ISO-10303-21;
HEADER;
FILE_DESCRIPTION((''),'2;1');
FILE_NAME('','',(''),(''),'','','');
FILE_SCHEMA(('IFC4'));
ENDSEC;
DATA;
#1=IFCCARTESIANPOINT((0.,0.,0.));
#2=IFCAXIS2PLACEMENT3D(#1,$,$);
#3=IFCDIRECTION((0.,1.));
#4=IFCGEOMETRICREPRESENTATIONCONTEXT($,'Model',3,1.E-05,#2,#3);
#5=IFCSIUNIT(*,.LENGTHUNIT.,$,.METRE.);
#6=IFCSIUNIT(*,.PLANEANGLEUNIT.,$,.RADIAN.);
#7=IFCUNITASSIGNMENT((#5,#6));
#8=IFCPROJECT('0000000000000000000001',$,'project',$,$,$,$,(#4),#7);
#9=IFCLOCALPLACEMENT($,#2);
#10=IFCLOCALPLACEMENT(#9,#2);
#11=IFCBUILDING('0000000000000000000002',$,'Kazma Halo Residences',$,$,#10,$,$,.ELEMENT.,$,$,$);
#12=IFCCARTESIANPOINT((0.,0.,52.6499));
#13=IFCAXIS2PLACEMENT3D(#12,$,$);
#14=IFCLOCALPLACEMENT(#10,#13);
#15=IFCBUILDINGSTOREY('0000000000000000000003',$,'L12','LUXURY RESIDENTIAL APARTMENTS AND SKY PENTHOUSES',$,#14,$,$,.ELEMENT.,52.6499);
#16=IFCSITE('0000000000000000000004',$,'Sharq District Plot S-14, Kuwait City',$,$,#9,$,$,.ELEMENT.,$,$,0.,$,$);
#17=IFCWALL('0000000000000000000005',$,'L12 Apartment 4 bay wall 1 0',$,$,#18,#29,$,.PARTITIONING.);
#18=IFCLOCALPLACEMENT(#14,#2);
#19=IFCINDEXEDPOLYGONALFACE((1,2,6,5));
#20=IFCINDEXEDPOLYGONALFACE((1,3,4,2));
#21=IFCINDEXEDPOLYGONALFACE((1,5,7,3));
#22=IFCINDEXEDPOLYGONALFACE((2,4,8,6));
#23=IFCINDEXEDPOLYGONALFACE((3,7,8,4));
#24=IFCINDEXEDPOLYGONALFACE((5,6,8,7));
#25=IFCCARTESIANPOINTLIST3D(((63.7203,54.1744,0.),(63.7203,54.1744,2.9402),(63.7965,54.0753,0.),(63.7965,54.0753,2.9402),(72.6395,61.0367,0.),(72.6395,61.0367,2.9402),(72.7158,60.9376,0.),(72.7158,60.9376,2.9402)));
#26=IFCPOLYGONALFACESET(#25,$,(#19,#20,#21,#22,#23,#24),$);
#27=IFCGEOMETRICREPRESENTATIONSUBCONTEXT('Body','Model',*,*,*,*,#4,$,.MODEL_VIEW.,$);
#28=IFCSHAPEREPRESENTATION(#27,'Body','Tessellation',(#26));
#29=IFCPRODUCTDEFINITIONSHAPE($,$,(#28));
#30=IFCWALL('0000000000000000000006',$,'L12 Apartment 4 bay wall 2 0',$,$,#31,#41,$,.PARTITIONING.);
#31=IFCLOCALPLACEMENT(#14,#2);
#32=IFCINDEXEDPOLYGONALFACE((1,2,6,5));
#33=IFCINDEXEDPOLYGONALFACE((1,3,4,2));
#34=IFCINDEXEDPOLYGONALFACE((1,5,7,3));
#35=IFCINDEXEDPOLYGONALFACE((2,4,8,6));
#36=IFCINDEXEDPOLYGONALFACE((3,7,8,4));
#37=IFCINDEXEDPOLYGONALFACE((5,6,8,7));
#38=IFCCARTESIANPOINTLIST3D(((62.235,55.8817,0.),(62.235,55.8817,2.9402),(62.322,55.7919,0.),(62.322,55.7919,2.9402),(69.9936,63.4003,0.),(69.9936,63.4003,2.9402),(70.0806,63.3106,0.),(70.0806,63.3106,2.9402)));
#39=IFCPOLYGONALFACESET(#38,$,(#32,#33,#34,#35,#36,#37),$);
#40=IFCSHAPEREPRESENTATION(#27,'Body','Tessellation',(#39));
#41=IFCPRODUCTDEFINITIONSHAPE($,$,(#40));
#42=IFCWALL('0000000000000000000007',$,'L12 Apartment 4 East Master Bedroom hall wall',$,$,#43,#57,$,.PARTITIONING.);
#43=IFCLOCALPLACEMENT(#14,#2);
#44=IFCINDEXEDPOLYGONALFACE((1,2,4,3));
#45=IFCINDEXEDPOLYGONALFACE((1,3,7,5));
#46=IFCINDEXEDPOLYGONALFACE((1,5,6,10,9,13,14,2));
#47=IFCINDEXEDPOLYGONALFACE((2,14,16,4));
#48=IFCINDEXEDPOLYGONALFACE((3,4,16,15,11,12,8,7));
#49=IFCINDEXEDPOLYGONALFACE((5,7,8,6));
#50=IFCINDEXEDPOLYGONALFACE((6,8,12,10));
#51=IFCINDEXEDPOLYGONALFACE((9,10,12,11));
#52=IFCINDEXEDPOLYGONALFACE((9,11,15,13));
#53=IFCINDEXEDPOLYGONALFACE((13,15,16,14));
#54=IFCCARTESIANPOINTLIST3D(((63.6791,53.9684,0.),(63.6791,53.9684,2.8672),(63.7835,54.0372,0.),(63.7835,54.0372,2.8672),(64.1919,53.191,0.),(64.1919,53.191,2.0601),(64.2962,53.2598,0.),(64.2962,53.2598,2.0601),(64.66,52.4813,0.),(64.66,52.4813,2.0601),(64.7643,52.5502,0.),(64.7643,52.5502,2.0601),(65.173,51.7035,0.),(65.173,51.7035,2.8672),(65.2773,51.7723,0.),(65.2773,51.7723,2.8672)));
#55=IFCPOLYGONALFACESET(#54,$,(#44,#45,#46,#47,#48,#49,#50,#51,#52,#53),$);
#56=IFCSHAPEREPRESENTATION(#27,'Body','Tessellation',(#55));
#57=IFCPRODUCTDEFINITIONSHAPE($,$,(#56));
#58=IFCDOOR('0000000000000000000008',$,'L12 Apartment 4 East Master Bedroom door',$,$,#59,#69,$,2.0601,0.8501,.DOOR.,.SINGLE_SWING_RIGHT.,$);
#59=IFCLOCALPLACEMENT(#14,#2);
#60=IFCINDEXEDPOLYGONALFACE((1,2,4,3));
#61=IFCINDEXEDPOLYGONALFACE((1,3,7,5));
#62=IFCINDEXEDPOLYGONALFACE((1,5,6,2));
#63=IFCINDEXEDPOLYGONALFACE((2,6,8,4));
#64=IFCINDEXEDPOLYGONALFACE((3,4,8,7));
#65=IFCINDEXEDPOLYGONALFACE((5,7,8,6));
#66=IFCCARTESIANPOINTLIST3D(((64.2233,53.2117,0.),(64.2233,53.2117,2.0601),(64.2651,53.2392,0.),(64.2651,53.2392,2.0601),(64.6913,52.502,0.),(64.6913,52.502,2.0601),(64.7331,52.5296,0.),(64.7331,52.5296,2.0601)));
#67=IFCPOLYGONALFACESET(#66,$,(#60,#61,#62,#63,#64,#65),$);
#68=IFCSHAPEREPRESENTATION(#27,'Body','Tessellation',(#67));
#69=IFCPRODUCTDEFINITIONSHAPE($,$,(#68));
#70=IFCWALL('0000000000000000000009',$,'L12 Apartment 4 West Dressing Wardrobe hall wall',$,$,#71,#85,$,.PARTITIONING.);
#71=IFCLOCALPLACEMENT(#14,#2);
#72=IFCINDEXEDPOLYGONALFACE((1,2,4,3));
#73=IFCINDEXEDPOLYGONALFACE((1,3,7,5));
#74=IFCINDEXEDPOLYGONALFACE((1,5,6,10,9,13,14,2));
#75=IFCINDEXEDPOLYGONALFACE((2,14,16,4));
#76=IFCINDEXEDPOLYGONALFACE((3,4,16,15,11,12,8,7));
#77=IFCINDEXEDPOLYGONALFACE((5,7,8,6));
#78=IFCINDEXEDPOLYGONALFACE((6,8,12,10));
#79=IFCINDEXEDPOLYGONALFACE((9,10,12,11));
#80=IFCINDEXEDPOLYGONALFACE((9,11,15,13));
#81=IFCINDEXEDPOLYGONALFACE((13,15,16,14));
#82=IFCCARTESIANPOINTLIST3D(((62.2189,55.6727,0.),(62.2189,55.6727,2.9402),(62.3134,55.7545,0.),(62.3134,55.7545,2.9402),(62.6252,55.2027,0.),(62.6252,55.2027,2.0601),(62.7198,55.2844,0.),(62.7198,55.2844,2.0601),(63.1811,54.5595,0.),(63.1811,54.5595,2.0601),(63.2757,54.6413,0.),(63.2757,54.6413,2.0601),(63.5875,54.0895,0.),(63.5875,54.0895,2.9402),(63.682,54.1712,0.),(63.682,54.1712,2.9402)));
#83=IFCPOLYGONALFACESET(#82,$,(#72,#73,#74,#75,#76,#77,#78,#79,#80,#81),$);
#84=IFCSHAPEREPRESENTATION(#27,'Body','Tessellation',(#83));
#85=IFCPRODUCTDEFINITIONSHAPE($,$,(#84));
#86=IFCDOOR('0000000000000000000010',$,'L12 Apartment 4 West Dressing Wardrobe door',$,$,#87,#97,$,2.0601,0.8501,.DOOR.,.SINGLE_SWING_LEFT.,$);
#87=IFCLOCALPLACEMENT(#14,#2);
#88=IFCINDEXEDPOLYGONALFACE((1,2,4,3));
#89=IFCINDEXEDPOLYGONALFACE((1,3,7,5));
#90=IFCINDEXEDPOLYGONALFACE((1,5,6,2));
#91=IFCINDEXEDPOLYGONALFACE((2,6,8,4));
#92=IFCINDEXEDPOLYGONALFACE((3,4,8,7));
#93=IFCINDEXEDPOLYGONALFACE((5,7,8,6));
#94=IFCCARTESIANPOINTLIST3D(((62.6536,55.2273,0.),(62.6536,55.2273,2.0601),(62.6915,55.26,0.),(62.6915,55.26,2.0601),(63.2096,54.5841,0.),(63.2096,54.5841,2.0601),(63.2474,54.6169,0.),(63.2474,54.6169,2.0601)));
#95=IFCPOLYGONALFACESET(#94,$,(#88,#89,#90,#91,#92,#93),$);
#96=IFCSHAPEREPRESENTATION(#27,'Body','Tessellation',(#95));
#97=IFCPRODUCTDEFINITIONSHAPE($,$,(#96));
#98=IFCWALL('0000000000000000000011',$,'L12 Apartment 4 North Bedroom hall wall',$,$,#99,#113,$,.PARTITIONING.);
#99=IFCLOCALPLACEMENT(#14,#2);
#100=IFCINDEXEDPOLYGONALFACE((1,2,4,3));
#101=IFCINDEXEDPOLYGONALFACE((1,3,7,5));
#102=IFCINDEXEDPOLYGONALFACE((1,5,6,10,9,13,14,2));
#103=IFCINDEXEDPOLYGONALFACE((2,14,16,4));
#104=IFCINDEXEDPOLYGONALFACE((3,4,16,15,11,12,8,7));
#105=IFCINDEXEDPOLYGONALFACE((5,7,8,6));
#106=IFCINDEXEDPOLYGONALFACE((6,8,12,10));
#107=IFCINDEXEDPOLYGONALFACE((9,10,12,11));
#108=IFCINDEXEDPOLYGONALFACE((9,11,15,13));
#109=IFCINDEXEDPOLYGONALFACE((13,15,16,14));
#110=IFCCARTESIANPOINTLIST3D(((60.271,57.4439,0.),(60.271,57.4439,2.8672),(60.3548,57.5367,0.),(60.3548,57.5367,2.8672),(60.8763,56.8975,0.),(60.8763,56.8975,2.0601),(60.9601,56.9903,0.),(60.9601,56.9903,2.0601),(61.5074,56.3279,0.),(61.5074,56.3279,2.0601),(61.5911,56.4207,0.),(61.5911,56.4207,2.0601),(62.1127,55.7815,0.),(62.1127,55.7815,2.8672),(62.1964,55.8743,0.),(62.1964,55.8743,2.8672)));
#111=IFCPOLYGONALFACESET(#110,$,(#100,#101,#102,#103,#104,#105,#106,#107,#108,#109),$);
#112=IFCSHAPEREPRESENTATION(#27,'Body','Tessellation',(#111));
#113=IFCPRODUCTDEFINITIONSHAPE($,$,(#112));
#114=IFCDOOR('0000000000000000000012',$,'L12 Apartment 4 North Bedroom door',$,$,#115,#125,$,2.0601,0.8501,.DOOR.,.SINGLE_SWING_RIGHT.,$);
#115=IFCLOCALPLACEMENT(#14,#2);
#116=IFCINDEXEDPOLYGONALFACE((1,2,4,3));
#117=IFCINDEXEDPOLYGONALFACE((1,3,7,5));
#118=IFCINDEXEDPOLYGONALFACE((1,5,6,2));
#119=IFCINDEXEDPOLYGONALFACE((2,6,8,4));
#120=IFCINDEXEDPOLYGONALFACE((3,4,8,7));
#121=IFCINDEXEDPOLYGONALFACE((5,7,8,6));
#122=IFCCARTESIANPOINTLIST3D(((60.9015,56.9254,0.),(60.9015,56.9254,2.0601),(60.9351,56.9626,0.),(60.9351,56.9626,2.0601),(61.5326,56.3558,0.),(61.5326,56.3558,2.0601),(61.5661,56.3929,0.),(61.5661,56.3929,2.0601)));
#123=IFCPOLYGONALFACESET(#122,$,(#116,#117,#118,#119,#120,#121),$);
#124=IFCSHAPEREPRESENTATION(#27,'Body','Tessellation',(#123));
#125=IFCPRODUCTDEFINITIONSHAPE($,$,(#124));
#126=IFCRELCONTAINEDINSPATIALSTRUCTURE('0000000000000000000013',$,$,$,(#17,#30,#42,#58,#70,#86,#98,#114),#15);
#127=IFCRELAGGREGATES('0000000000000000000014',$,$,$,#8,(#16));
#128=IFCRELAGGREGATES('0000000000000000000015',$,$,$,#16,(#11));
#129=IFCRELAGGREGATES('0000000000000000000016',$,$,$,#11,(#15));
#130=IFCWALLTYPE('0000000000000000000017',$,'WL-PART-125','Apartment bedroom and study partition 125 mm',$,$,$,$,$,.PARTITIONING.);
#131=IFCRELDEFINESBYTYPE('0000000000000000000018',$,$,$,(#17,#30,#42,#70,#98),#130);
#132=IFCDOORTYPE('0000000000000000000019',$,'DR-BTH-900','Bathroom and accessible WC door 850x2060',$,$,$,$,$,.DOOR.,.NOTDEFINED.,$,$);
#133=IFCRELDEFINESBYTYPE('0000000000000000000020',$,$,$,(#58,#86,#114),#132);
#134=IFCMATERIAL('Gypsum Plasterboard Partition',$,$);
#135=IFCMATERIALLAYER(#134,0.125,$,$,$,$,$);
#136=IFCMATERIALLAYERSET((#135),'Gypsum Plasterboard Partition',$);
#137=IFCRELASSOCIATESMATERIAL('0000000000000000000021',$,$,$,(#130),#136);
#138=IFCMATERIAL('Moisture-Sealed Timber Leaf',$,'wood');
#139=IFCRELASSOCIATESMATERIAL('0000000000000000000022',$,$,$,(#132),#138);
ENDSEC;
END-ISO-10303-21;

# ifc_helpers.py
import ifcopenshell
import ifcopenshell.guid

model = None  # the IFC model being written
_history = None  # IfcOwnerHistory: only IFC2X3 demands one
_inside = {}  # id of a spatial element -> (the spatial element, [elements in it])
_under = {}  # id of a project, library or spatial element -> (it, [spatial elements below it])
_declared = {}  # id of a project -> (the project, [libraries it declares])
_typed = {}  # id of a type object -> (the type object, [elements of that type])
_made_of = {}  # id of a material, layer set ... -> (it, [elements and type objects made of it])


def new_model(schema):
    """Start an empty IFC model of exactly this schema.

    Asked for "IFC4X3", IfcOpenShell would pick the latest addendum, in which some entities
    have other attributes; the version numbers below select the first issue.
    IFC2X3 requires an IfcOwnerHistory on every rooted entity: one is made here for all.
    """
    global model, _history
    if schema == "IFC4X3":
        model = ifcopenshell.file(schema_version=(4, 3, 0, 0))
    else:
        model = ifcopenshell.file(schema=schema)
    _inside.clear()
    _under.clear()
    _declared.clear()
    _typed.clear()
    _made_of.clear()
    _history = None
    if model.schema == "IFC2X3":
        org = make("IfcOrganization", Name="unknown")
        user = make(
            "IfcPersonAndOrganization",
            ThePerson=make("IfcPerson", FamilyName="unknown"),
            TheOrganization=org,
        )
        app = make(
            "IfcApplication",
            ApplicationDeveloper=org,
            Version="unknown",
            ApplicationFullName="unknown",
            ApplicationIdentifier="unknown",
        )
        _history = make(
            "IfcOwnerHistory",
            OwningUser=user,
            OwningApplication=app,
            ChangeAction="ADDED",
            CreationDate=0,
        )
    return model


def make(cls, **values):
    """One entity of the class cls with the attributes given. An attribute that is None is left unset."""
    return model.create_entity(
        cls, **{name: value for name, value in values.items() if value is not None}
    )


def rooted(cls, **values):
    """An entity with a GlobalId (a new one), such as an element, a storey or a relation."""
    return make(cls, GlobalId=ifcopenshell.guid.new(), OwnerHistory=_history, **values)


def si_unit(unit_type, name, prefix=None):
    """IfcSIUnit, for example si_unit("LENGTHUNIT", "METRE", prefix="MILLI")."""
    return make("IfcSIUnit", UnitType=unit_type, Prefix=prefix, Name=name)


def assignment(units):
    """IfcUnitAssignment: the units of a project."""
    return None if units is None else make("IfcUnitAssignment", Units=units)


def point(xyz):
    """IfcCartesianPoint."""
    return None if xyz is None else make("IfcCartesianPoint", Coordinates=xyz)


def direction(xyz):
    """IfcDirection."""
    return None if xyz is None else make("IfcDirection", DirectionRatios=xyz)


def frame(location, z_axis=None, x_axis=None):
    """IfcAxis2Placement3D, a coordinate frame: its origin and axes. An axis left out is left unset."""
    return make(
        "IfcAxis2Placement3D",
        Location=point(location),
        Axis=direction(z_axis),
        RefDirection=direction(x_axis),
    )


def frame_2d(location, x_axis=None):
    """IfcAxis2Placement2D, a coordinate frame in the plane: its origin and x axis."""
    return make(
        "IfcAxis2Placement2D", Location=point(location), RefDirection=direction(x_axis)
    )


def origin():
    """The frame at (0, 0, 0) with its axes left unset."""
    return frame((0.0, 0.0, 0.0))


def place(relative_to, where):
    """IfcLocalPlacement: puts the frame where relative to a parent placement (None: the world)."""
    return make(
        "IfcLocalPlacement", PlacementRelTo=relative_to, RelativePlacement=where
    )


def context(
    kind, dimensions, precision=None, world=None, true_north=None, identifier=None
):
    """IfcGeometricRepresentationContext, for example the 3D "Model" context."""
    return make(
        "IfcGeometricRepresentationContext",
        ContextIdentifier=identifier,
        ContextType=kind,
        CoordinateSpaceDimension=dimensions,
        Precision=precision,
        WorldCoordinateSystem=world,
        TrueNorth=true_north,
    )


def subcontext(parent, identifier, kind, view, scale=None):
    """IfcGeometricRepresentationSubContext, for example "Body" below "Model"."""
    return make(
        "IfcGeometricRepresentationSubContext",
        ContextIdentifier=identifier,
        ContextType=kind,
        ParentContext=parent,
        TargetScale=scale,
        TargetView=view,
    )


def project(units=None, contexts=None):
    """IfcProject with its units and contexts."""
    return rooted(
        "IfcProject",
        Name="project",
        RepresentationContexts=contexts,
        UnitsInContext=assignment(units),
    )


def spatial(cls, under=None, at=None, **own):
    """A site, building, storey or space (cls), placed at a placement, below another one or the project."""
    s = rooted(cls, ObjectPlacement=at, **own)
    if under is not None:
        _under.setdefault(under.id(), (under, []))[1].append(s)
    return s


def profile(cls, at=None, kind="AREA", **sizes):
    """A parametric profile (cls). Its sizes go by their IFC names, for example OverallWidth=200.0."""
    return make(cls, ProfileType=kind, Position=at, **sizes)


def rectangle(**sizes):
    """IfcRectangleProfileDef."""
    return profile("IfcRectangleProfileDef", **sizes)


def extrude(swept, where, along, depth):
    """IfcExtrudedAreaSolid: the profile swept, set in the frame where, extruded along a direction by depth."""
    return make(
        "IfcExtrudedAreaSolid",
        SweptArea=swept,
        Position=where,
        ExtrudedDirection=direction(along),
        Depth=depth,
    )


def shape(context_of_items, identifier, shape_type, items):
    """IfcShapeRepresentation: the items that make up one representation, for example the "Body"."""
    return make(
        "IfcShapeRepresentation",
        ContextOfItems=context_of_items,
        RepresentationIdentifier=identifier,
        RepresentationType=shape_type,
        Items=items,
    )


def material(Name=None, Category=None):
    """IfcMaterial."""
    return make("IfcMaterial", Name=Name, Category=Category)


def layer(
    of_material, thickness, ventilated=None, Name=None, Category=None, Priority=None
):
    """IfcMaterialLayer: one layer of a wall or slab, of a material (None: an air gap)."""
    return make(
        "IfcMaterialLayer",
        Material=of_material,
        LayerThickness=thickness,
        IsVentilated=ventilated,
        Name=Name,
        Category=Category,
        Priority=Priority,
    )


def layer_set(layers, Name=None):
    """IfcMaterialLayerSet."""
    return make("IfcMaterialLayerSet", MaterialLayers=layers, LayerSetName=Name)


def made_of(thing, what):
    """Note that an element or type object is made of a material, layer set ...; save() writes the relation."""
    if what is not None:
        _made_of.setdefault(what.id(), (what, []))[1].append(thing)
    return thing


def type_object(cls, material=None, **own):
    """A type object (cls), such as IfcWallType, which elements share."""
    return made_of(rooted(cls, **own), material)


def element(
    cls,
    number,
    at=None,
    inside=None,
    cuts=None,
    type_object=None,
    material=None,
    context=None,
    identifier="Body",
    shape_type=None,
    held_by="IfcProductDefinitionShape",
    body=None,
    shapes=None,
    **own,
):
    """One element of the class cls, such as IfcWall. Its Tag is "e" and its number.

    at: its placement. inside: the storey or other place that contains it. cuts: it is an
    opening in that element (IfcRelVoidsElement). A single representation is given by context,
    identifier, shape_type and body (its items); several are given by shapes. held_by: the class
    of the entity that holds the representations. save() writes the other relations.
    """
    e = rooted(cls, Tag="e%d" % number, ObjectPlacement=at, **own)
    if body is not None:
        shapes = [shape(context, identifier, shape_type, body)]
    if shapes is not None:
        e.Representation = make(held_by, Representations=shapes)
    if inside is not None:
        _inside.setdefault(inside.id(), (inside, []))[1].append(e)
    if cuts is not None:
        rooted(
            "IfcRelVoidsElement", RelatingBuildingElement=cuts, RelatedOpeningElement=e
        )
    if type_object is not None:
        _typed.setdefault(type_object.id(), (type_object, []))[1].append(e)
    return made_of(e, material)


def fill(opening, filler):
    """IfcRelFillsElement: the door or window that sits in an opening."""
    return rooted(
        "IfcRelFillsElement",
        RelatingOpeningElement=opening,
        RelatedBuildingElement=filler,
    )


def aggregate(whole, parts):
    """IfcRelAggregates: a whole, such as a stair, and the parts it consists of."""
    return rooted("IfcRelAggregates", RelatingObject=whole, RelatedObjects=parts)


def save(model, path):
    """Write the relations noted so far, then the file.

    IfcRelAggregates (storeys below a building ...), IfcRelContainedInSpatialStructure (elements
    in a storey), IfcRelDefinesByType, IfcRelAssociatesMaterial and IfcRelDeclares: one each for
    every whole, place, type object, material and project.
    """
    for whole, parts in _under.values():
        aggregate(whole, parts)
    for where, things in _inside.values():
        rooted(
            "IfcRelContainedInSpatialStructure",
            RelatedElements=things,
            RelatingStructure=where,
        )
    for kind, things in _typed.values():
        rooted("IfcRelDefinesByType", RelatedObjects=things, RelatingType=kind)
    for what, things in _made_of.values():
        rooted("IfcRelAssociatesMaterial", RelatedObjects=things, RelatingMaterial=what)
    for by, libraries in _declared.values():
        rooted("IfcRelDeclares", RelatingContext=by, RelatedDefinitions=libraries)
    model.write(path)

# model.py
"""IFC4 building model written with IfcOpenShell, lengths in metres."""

from ifc_helpers import new_model, si_unit, direction, frame, frame_2d, origin, place, context, subcontext, project, spatial, rectangle, extrude, material, layer, layer_set, type_object, element, fill, save


model = new_model("IFC4")

# Units and contexts
model_context = context("Model", 3, precision=1e-05, world=origin(), true_north=direction((0.0, 1.0)))
body_context = subcontext(model_context, "Body", "Model", "MODEL_VIEW")
ifc_project = project(units=[si_unit("LENGTHUNIT", "METRE"), si_unit("PLANEANGLEUNIT", "RADIAN")], contexts=[model_context])

# Site, building, storey
site_placement = place(None, origin())
site = spatial("IfcSite", under=ifc_project, at=site_placement, Name="Sharq District Plot S-14, Kuwait City", CompositionType="ELEMENT", RefElevation=0.0)
building_placement = place(site_placement, origin())
building = spatial("IfcBuilding", under=site, at=building_placement, Name="Kazma Halo Residences", CompositionType="ELEMENT")
storey_placement = place(building_placement, frame((0.0, 0.0, 52.6499)))
storey = spatial("IfcBuildingStorey", under=building, at=storey_placement, Name="L12", Description="LUXURY RESIDENTIAL APARTMENTS AND SKY PENTHOUSES", CompositionType="ELEMENT", Elevation=52.6499)

# Walls
ifc_material_1 = material(Name="Gypsum Plasterboard Partition")
ifc_layer_1 = layer(ifc_material_1, 0.125)
ifc_layer_set_1 = layer_set([ifc_layer_1], Name="Gypsum Plasterboard Partition")
wall_type_1 = type_object("IfcWallType", Name="WL-PART-125", Description="Apartment bedroom and study partition 125 mm", PredefinedType="PARTITIONING", material=ifc_layer_set_1)
wall_1_placement = place(storey_placement, frame((63.7583, 54.1248, 0.0), z_axis=(0.0, 0.0, 1.0), x_axis=(0.792564, 0.609788, 0.0)))
element("IfcWall", 1, at=wall_1_placement, inside=storey, type_object=wall_type_1, Name="L12 Apartment 4 bay wall 1 0", PredefinedType="PARTITIONING", context=body_context, shape_type="SweptSolid", body=[
    extrude(rectangle(XDim=11.2537, YDim=0.125, at=frame_2d((5.627, 0.0))), origin(), (0.0, 0.0, 1.0), 2.9402),
])
wall_2_placement = place(storey_placement, frame((62.2786, 55.8369, 0.0), z_axis=(0.0, 0.0, 1.0), x_axis=(0.718126, 0.695913, 0.0)))
element("IfcWall", 2, at=wall_2_placement, inside=storey, type_object=wall_type_1, Name="L12 Apartment 4 bay wall 2 0", PredefinedType="PARTITIONING", context=body_context, shape_type="SweptSolid", body=[
    extrude(rectangle(XDim=10.804, YDim=0.125, at=frame_2d((5.4019, 0.0))), origin(), (0.0, 0.0, 1.0), 2.9402),
])

# Walls, openings, doors
wall_3_placement = place(storey_placement, frame((65.2251, 51.738, 0.0), z_axis=(0.0, 0.0, 1.0), x_axis=(-0.550603, 0.834767, 0.0)))
wall_3 = element("IfcWall", 3, at=wall_3_placement, inside=storey, type_object=wall_type_1, Name="L12 Apartment 4 East Master Bedroom hall wall", PredefinedType="PARTITIONING", context=body_context, shape_type="SweptSolid", body=[
    extrude(rectangle(XDim=2.7131, YDim=0.125, at=frame_2d((1.3564, 0.0))), origin(), (0.0, 0.0, 1.0), 2.8672),
])
opening_1_placement = place(wall_3_placement, frame((0.9316, 0.0, 0.0)))
opening_1 = element("IfcOpeningElement", 4, at=opening_1_placement, cuts=wall_3, PredefinedType="OPENING", context=body_context, shape_type="SweptSolid", body=[
    extrude(rectangle(XDim=0.8501, YDim=2.0601, at=frame_2d((0.425, 1.03))), frame((0.0, 0.0725, 0.0), z_axis=(0.0, -1.0, 0.0), x_axis=(1.0, 0.0, 0.0)), (0.0, 0.0, 1.0), 0.145),
])
ifc_material_2 = material(Name="Moisture-Sealed Timber Leaf", Category="wood")
door_type_1 = type_object("IfcDoorType", Name="DR-BTH-900", Description="Bathroom and accessible WC door 850x2060", OperationType="NOTDEFINED", PredefinedType="DOOR", material=ifc_material_2)
door_1_placement = place(opening_1_placement, origin())
door_1 = element("IfcDoor", 5, at=door_1_placement, inside=storey, type_object=door_type_1, Name="L12 Apartment 4 East Master Bedroom door", OperationType="SINGLE_SWING_RIGHT", OverallHeight=2.0601, OverallWidth=0.8501, PredefinedType="DOOR", context=body_context, shape_type="SweptSolid", body=[
    extrude(rectangle(XDim=0.8501, YDim=2.0601, at=frame_2d((0.425, 1.03))), frame((0.0, 0.0249, 0.0), z_axis=(0.0, -1.0, 0.0), x_axis=(1.0, 0.0, 0.0)), (0.0, 0.0, 1.0), 0.05),
])
fill(opening_1, door_1)
wall_4_placement = place(storey_placement, frame((63.6348, 54.1304, 0.0), z_axis=(0.0, 0.0, 1.0), x_axis=(-0.653975, 0.756516, 0.0)))
wall_4 = element("IfcWall", 6, at=wall_4_placement, inside=storey, type_object=wall_type_1, Name="L12 Apartment 4 West Dressing Wardrobe hall wall", PredefinedType="PARTITIONING", context=body_context, shape_type="SweptSolid", body=[
    extrude(rectangle(XDim=2.0928, YDim=0.125, at=frame_2d((1.0464, 0.0))), origin(), (0.0, 0.0, 1.0), 2.9402),
])
opening_2_placement = place(wall_4_placement, frame((0.6213, 0.0, 0.0)))
opening_2 = element("IfcOpeningElement", 7, at=opening_2_placement, cuts=wall_4, PredefinedType="OPENING", context=body_context, shape_type="SweptSolid", body=[
    extrude(rectangle(XDim=0.8501, YDim=2.0601, at=frame_2d((0.425, 1.03))), frame((0.0, 0.0725, 0.0), z_axis=(0.0, -1.0, 0.0), x_axis=(1.0, 0.0, 0.0)), (0.0, 0.0, 1.0), 0.145),
])
door_2_placement = place(opening_2_placement, origin())
door_2 = element("IfcDoor", 8, at=door_2_placement, inside=storey, type_object=door_type_1, Name="L12 Apartment 4 West Dressing Wardrobe door", OperationType="SINGLE_SWING_LEFT", OverallHeight=2.0601, OverallWidth=0.8501, PredefinedType="DOOR", context=body_context, shape_type="SweptSolid", body=[
    extrude(rectangle(XDim=0.8501, YDim=2.0601, at=frame_2d((0.425, 1.03))), frame((0.0, 0.0249, 0.0), z_axis=(0.0, -1.0, 0.0), x_axis=(1.0, 0.0, 0.0)), (0.0, 0.0, 1.0), 0.05),
])
fill(opening_2, door_2)
wall_5_placement = place(storey_placement, frame((62.1545, 55.8279, 0.0), z_axis=(0.0, 0.0, 1.0), x_axis=(-0.7423, 0.670068, 0.0)))
wall_5 = element("IfcWall", 9, at=wall_5_placement, inside=storey, type_object=wall_type_1, Name="L12 Apartment 4 North Bedroom hall wall", PredefinedType="PARTITIONING", context=body_context, shape_type="SweptSolid", body=[
    extrude(rectangle(XDim=2.481, YDim=0.125, at=frame_2d((1.2405, 0.0))), origin(), (0.0, 0.0, 1.0), 2.8672),
])
opening_3_placement = place(wall_5_placement, frame((0.8154, 0.0, 0.0)))
opening_3 = element("IfcOpeningElement", 10, at=opening_3_placement, cuts=wall_5, PredefinedType="OPENING", context=body_context, shape_type="SweptSolid", body=[
    extrude(rectangle(XDim=0.8501, YDim=2.0601, at=frame_2d((0.425, 1.03))), frame((0.0, 0.0725, 0.0), z_axis=(0.0, -1.0, 0.0), x_axis=(1.0, 0.0, 0.0)), (0.0, 0.0, 1.0), 0.145),
])
door_3_placement = place(opening_3_placement, origin())
door_3 = element("IfcDoor", 11, at=door_3_placement, inside=storey, type_object=door_type_1, Name="L12 Apartment 4 North Bedroom door", OperationType="SINGLE_SWING_RIGHT", OverallHeight=2.0601, OverallWidth=0.8501, PredefinedType="DOOR", context=body_context, shape_type="SweptSolid", body=[
    extrude(rectangle(XDim=0.8501, YDim=2.0601, at=frame_2d((0.425, 1.03))), frame((0.0, 0.0249, 0.0), z_axis=(0.0, -1.0, 0.0), x_axis=(1.0, 0.0, 0.0)), (0.0, 0.0, 1.0), 0.05),
])
fill(opening_3, door_3)

save(model, "model.ifc")
